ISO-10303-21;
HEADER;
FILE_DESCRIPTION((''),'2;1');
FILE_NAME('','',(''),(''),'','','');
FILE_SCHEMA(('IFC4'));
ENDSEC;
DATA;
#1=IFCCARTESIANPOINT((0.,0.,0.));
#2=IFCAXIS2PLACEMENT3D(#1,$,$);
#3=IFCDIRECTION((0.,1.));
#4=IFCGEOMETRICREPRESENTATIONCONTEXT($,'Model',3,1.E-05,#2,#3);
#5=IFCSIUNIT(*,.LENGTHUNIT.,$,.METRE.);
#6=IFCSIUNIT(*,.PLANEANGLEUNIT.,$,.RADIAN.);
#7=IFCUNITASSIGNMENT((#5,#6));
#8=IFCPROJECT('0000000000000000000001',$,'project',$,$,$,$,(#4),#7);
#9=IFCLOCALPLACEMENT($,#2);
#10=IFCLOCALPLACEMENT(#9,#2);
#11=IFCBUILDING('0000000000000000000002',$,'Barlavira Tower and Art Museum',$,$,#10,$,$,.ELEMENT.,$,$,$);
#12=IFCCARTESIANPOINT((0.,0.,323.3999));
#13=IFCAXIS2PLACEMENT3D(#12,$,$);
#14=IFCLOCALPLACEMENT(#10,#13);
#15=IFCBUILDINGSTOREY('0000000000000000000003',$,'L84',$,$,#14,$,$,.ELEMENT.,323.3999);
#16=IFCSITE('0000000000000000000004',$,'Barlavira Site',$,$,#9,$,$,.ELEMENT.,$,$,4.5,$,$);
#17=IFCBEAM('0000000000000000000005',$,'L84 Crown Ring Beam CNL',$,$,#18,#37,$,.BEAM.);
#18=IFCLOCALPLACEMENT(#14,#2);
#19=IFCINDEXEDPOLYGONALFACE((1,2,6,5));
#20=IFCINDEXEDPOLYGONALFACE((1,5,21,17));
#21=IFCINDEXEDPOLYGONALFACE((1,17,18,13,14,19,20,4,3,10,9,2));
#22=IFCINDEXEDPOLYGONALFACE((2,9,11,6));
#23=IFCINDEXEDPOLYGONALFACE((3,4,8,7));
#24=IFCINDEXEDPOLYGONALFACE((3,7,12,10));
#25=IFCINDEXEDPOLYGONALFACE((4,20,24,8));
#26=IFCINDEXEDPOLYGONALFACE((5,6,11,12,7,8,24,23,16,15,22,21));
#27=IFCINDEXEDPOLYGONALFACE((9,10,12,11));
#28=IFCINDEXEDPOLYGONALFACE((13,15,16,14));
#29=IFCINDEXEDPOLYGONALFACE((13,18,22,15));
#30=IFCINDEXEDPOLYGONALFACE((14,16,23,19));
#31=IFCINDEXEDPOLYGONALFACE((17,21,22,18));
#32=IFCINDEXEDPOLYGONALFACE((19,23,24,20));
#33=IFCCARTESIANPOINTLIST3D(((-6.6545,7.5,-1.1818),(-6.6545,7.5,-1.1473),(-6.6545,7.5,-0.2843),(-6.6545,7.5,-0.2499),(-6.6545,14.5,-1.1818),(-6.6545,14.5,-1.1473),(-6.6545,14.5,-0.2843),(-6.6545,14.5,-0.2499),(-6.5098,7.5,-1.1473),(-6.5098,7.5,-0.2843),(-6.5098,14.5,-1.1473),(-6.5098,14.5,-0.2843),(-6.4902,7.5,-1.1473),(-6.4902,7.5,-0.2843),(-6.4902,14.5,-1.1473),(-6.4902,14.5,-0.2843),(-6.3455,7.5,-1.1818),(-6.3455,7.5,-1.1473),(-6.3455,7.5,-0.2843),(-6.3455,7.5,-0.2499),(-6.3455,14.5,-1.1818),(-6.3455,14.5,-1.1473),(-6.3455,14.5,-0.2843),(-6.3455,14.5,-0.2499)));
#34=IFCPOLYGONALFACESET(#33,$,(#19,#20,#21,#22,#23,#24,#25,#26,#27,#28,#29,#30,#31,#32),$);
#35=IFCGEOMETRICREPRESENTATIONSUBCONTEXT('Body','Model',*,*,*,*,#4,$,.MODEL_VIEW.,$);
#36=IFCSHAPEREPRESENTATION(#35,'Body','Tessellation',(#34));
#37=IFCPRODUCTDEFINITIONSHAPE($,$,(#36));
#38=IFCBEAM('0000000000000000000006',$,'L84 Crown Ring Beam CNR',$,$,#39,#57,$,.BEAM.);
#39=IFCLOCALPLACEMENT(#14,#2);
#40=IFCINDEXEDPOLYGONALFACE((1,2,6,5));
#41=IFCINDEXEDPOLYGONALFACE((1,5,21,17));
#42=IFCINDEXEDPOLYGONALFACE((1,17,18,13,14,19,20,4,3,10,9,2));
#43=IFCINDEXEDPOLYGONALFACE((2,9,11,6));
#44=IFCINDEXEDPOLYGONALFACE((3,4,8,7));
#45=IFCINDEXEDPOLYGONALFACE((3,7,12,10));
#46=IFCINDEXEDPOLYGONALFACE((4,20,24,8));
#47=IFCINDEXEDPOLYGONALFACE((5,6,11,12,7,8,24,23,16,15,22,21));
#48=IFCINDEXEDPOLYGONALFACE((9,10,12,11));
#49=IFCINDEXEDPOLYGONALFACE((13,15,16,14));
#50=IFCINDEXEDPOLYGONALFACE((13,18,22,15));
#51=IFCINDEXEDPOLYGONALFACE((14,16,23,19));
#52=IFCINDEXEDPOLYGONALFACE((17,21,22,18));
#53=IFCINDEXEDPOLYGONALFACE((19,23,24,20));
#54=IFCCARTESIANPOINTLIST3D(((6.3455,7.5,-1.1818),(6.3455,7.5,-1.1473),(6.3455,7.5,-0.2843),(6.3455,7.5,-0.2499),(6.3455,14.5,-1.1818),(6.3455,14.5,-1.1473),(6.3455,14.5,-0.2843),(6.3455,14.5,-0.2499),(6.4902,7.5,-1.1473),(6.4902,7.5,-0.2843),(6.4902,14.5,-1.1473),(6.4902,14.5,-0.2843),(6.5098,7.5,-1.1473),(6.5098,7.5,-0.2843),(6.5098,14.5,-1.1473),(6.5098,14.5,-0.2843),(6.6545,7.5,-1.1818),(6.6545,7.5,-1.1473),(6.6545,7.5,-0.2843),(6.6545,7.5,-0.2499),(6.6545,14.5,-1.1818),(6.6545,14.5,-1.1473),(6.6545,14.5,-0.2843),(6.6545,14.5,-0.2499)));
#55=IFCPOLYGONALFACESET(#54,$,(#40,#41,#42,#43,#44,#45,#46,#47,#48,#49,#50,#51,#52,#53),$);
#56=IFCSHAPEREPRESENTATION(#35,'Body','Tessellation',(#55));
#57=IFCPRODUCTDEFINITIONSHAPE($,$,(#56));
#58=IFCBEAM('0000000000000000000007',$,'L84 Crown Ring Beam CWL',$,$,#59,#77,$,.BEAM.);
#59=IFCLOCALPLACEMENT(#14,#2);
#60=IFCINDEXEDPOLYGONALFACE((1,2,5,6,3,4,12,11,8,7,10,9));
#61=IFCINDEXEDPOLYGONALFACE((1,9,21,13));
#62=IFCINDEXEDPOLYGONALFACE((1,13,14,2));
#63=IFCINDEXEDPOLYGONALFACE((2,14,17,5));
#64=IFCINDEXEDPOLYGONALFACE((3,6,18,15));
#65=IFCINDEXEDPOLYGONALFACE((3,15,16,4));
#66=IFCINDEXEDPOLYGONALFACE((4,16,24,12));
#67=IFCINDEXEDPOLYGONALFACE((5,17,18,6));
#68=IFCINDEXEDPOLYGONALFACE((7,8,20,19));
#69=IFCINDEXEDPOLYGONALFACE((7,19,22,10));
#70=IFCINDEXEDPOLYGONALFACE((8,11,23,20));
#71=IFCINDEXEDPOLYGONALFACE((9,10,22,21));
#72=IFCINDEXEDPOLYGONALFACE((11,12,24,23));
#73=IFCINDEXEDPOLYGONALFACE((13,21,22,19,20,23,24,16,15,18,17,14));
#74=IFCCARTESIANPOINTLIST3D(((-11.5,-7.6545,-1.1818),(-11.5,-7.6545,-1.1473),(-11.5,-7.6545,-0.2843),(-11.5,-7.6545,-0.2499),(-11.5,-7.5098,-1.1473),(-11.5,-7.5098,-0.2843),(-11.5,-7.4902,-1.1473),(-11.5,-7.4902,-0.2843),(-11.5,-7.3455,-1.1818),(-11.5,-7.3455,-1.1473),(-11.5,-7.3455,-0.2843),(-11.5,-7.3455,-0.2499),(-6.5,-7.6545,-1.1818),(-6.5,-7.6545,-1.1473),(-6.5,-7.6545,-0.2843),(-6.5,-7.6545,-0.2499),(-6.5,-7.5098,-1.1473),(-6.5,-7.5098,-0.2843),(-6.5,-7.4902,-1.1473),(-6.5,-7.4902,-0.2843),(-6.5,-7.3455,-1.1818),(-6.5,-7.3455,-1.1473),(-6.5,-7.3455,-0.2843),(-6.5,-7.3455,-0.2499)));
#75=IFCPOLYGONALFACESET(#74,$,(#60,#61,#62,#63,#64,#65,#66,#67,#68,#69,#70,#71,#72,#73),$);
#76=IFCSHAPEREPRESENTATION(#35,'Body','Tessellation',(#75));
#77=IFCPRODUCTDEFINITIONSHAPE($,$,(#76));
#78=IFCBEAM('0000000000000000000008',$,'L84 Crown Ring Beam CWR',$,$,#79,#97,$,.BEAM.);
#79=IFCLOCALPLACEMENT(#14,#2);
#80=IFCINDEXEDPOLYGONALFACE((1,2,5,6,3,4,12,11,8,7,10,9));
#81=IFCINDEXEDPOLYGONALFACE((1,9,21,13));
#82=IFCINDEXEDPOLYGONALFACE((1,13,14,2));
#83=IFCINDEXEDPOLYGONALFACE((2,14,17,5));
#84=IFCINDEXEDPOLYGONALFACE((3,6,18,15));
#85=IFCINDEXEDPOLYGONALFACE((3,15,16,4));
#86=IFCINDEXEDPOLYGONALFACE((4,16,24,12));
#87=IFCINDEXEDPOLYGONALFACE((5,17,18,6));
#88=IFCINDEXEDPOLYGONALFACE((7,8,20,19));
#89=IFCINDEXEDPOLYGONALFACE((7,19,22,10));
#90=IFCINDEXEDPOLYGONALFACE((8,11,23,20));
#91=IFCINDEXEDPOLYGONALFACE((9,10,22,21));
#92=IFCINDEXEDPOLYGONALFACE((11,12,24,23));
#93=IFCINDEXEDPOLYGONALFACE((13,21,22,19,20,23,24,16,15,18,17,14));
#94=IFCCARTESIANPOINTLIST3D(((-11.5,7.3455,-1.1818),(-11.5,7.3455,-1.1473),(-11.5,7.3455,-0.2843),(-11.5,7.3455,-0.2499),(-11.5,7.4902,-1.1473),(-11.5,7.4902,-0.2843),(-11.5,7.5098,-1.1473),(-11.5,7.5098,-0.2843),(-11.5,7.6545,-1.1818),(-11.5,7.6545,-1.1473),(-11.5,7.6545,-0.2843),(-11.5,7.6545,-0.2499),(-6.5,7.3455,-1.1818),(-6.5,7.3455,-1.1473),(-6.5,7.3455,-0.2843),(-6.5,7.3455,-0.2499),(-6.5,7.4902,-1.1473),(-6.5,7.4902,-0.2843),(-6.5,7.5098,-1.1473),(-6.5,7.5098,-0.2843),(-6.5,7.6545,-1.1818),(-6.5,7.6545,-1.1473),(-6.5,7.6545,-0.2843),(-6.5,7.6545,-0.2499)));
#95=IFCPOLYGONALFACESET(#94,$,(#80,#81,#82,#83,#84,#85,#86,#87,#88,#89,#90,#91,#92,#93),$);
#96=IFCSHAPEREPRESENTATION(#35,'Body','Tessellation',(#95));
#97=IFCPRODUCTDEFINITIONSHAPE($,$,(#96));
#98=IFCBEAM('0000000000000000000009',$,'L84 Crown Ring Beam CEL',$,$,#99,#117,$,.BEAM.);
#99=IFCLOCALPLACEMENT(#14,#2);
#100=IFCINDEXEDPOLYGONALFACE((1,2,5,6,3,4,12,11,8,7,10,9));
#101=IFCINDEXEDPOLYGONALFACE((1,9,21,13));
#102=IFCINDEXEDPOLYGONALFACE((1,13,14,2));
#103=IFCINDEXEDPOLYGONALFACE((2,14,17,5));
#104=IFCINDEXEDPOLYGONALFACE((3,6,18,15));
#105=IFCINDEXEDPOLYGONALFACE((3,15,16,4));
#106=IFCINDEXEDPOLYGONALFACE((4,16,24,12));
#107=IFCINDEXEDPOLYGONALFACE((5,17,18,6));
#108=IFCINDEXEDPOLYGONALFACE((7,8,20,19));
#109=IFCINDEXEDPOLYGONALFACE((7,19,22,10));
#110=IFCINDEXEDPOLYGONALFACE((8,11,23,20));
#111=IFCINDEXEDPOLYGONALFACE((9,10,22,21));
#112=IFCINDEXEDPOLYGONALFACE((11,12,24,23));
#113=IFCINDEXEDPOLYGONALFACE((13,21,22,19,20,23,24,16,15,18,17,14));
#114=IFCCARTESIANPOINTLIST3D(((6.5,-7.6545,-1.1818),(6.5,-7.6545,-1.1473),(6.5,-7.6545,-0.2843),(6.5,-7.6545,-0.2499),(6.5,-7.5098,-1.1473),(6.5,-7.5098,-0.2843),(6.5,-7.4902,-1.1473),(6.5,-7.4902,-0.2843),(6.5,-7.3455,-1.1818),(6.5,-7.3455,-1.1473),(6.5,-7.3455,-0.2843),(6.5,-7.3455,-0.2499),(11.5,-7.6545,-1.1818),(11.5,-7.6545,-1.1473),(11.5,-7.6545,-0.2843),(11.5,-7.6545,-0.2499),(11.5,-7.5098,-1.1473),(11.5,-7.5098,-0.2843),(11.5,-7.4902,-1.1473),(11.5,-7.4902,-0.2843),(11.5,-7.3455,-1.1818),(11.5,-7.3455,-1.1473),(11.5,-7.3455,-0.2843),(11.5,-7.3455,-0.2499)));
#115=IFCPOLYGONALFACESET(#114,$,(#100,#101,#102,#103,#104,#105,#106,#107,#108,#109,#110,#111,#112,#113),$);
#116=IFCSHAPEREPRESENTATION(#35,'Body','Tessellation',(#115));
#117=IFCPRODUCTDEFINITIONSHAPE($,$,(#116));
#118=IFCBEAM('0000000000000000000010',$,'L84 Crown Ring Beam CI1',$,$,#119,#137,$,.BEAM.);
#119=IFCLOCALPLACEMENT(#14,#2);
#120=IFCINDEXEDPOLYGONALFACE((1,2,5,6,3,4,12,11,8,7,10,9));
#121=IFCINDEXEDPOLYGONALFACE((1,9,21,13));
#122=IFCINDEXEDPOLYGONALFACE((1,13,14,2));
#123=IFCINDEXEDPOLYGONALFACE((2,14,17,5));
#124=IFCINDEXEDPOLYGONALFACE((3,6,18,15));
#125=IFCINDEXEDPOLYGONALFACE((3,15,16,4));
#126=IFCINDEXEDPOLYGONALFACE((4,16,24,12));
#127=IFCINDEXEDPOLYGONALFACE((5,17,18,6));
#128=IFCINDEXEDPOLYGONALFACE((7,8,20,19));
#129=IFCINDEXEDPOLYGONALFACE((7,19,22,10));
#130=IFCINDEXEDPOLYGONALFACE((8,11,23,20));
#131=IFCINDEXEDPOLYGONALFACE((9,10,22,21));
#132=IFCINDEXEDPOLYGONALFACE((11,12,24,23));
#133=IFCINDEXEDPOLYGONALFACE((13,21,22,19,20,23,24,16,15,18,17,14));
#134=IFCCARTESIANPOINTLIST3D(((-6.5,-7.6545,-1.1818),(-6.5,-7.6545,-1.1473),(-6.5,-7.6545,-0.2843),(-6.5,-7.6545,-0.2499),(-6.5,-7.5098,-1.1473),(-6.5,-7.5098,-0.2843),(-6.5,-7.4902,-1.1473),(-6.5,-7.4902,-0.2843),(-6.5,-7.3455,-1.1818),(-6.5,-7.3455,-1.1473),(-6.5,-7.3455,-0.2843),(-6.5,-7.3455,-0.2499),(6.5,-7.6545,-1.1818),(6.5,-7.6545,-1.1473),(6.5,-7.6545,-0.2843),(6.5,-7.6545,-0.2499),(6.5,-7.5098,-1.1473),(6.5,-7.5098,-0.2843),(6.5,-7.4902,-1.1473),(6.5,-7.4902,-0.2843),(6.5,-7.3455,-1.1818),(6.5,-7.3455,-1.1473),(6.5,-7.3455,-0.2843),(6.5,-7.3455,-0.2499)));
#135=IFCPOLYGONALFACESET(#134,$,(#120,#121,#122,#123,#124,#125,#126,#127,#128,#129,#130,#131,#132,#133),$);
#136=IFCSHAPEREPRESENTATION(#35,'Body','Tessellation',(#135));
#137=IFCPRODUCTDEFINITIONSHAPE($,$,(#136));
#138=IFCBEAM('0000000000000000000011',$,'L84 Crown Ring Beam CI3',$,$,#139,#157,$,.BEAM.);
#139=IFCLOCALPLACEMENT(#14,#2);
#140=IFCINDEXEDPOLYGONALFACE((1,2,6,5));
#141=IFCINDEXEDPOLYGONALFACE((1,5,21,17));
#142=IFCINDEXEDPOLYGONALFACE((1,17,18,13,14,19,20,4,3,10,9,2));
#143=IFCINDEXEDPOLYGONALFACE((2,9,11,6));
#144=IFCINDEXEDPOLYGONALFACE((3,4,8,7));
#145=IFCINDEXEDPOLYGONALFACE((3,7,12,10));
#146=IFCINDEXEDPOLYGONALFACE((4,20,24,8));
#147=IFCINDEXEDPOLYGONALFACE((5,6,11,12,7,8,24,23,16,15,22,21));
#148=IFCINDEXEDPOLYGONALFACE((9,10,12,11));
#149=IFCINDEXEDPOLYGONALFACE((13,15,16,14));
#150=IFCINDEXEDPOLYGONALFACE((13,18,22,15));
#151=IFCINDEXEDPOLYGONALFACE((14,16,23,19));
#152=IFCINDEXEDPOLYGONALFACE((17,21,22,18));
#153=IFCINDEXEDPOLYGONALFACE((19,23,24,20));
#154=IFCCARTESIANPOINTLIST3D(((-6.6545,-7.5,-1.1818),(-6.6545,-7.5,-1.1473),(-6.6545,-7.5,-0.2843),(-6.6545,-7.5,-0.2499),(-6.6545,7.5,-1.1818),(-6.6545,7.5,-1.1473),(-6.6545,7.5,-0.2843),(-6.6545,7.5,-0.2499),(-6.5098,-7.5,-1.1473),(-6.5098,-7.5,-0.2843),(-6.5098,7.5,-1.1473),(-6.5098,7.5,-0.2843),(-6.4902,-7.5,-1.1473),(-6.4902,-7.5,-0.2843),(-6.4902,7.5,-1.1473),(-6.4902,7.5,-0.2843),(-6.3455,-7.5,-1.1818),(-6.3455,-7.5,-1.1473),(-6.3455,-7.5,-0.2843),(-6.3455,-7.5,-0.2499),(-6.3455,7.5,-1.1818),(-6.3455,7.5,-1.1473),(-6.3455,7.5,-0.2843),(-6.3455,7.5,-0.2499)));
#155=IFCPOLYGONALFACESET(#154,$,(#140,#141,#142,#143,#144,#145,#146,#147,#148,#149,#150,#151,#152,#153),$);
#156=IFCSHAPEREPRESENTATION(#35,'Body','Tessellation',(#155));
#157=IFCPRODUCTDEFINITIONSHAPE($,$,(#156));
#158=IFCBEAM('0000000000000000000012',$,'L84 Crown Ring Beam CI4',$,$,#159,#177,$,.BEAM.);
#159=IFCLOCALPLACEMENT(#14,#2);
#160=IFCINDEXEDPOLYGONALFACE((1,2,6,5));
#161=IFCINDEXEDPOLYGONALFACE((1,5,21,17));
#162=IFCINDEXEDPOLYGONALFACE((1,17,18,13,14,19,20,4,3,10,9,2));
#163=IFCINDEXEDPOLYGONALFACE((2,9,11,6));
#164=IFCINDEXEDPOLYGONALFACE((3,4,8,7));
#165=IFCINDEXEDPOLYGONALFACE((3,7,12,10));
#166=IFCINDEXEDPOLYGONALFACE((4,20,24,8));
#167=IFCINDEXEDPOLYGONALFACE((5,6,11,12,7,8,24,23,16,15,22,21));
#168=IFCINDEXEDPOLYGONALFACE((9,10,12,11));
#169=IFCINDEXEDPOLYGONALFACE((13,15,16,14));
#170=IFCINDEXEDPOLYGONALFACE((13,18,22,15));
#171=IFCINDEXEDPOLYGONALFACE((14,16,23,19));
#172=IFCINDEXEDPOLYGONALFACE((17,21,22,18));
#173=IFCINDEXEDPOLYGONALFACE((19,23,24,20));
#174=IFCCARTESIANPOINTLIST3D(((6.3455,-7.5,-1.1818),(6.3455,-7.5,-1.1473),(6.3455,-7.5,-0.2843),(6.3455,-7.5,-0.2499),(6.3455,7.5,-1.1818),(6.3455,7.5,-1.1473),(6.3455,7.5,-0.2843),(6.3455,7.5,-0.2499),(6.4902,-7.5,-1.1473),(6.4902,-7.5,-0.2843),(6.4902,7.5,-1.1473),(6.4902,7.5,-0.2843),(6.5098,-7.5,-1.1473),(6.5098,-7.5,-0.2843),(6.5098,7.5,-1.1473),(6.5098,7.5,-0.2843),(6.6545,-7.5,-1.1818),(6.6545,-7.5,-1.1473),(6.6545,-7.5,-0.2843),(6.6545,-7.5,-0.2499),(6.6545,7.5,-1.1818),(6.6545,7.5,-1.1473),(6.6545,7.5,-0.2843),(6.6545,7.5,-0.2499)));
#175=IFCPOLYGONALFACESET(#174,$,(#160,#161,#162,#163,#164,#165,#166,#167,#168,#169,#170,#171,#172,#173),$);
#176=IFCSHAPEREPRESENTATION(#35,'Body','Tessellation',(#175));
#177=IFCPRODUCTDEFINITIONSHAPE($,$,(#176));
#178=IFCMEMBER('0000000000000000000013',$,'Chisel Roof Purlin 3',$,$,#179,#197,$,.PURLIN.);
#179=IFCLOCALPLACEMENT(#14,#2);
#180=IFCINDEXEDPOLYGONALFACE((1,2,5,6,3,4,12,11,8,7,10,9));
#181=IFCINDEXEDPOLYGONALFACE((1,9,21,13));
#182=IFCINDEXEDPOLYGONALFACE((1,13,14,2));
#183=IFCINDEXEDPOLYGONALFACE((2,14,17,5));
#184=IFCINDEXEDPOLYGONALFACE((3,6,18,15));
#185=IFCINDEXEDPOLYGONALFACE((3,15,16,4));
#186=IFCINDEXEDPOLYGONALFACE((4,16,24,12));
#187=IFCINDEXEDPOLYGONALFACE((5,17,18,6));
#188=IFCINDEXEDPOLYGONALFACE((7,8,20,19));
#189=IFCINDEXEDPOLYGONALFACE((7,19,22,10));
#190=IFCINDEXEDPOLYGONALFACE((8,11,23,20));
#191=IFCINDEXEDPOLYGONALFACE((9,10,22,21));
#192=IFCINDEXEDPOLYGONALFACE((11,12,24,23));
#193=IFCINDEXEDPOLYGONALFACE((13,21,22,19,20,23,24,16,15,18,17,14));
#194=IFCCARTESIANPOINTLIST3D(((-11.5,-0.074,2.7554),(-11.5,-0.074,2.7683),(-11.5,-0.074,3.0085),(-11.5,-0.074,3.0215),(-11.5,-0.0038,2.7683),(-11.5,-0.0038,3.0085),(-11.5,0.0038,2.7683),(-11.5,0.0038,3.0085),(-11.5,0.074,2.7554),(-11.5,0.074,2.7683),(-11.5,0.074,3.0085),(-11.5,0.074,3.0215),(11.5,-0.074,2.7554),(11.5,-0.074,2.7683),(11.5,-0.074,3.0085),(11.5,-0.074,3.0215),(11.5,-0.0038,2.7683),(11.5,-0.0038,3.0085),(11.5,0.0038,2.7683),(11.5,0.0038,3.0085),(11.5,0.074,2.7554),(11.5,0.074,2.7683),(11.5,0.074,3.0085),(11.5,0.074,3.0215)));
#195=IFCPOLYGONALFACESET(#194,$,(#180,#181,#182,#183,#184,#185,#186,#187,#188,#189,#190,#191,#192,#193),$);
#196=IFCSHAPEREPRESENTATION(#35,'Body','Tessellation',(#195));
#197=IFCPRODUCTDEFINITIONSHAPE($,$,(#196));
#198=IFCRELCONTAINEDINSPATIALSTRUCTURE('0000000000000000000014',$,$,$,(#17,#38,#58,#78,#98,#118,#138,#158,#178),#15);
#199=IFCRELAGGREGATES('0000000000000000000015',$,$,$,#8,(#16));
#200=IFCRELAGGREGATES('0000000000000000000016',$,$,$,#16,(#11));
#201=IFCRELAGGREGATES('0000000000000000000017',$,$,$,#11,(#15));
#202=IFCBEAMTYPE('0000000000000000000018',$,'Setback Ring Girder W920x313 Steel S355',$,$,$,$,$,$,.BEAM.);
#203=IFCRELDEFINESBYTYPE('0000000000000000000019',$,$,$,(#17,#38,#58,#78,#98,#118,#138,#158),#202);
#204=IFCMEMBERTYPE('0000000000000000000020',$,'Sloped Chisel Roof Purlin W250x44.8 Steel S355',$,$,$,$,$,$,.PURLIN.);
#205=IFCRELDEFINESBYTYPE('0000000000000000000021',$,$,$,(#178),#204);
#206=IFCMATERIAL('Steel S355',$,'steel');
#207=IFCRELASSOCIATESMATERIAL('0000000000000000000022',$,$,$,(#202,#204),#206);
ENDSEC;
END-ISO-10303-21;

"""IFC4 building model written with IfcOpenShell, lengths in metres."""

from ifc_helpers import new_model, si_unit, direction, frame, origin, origin_2d, place, context, subcontext, project, spatial, i_section, extrude, material, material_profile, profile_set, type_object, element, save


model = new_model("IFC4")

# Units and contexts
model_context = context("Model", 3, precision=1e-05, world=origin(), true_north=direction((0.0, 1.0)))
body_context = subcontext(model_context, "Body", "Model", "MODEL_VIEW")
ifc_project = project(units=[si_unit("LENGTHUNIT", "METRE"), si_unit("PLANEANGLEUNIT", "RADIAN")], contexts=[model_context])

# Site, building, storey
site_placement = place(None, origin())
site = spatial("IfcSite", under=ifc_project, at=site_placement, Name="Barlavira Site", CompositionType="ELEMENT", RefElevation=4.5)
building_placement = place(site_placement, origin())
building = spatial("IfcBuilding", under=site, at=building_placement, Name="Barlavira Tower and Art Museum", CompositionType="ELEMENT")
storey_placement = place(building_placement, frame((0.0, 0.0, 323.3999)))
storey = spatial("IfcBuildingStorey", under=building, at=storey_placement, Name="L84", CompositionType="ELEMENT", Elevation=323.3999)

# Shared definitions
ifc_material_1 = material(Name="Steel S355", Category="steel")

# Beams
ifc_material_profile_1 = material_profile(ifc_material_1, i_section(OverallWidth=0.3091, OverallDepth=0.9319, WebThickness=0.0195, FlangeThickness=0.0344, at=origin_2d()), Name="W920x313.0")
ifc_profile_set_1 = profile_set([ifc_material_profile_1], Name="Steel S355")
beam_type = type_object("IfcBeamType", Name="Setback Ring Girder W920x313 Steel S355", PredefinedType="BEAM", material=ifc_profile_set_1)
for number, where, z_axis, x_axis, name in (
    (1, (-6.5, 7.5, -0.7158), (0.0, 1.0, 0.0), (-1.0, 0.0, 0.0), "L84 Crown Ring Beam CNL"),
    (2, (6.5, 7.5, -0.7158), (0.0, 1.0, 0.0), (-1.0, 0.0, 0.0), "L84 Crown Ring Beam CNR"),
):
    element("IfcBeam", number, at=place(storey_placement, frame(where, z_axis=z_axis, x_axis=x_axis)), inside=storey, type_object=beam_type, Name=name, PredefinedType="BEAM", context=body_context, shape_type="SweptSolid", body=[
        extrude(i_section(OverallWidth=0.3091, OverallDepth=0.9319, WebThickness=0.0195, FlangeThickness=0.0344, at=origin_2d()), origin(), (0.0, 0.0, 1.0), 7.0),
    ])
for number, where, z_axis, x_axis, name in (
    (3, (-11.5, -7.5, -0.7158), (1.0, 0.0, 0.0), (0.0, 1.0, 0.0), "L84 Crown Ring Beam CWL"),
    (4, (-11.5, 7.5, -0.7158), (1.0, 0.0, 0.0), (0.0, 1.0, 0.0), "L84 Crown Ring Beam CWR"),
    (5, (6.5, -7.5, -0.7158), (1.0, 0.0, 0.0), (0.0, 1.0, 0.0), "L84 Crown Ring Beam CEL"),
):
    element("IfcBeam", number, at=place(storey_placement, frame(where, z_axis=z_axis, x_axis=x_axis)), inside=storey, type_object=beam_type, Name=name, PredefinedType="BEAM", context=body_context, shape_type="SweptSolid", body=[
        extrude(i_section(OverallWidth=0.3091, OverallDepth=0.9319, WebThickness=0.0195, FlangeThickness=0.0344, at=origin_2d()), origin(), (0.0, 0.0, 1.0), 5.0),
    ])
beam_placement = place(storey_placement, frame((-6.5, -7.5, -0.7158), z_axis=(1.0, 0.0, 0.0), x_axis=(0.0, 1.0, 0.0)))
element("IfcBeam", 6, at=beam_placement, inside=storey, type_object=beam_type, Name="L84 Crown Ring Beam CI1", PredefinedType="BEAM", context=body_context, shape_type="SweptSolid", body=[
    extrude(i_section(OverallWidth=0.3091, OverallDepth=0.9319, WebThickness=0.0195, FlangeThickness=0.0344, at=origin_2d()), origin(), (0.0, 0.0, 1.0), 13.0),
])
for number, where, z_axis, x_axis, name in (
    (7, (-6.5, -7.5, -0.7158), (0.0, 1.0, 0.0), (-1.0, 0.0, 0.0), "L84 Crown Ring Beam CI3"),
    (8, (6.5, -7.5, -0.7158), (0.0, 1.0, 0.0), (-1.0, 0.0, 0.0), "L84 Crown Ring Beam CI4"),
):
    element("IfcBeam", number, at=place(storey_placement, frame(where, z_axis=z_axis, x_axis=x_axis)), inside=storey, type_object=beam_type, Name=name, PredefinedType="BEAM", context=body_context, shape_type="SweptSolid", body=[
        extrude(i_section(OverallWidth=0.3091, OverallDepth=0.9319, WebThickness=0.0195, FlangeThickness=0.0344, at=origin_2d()), origin(), (0.0, 0.0, 1.0), 15.0),
    ])

# Member
ifc_material_profile_2 = material_profile(ifc_material_1, i_section(OverallWidth=0.1479, OverallDepth=0.2661, WebThickness=0.0076, FlangeThickness=0.0129, at=origin_2d()), Name="W250x44.8")
ifc_profile_set_2 = profile_set([ifc_material_profile_2], Name="Steel S355")
member_type = type_object("IfcMemberType", Name="Sloped Chisel Roof Purlin W250x44.8 Steel S355", PredefinedType="PURLIN", material=ifc_profile_set_2)
member_placement = place(storey_placement, frame((-11.5, 0.0, 2.8884), z_axis=(1.0, 0.0, 0.0), x_axis=(0.0, 1.0, 0.0)))
element("IfcMember", 9, at=member_placement, inside=storey, type_object=member_type, Name="Chisel Roof Purlin 3", PredefinedType="PURLIN", context=body_context, shape_type="SweptSolid", body=[
    extrude(i_section(OverallWidth=0.1479, OverallDepth=0.2661, WebThickness=0.0076, FlangeThickness=0.0129, at=origin_2d()), origin(), (0.0, 0.0, 1.0), 23.0),
])

save(model, "model.ifc")
